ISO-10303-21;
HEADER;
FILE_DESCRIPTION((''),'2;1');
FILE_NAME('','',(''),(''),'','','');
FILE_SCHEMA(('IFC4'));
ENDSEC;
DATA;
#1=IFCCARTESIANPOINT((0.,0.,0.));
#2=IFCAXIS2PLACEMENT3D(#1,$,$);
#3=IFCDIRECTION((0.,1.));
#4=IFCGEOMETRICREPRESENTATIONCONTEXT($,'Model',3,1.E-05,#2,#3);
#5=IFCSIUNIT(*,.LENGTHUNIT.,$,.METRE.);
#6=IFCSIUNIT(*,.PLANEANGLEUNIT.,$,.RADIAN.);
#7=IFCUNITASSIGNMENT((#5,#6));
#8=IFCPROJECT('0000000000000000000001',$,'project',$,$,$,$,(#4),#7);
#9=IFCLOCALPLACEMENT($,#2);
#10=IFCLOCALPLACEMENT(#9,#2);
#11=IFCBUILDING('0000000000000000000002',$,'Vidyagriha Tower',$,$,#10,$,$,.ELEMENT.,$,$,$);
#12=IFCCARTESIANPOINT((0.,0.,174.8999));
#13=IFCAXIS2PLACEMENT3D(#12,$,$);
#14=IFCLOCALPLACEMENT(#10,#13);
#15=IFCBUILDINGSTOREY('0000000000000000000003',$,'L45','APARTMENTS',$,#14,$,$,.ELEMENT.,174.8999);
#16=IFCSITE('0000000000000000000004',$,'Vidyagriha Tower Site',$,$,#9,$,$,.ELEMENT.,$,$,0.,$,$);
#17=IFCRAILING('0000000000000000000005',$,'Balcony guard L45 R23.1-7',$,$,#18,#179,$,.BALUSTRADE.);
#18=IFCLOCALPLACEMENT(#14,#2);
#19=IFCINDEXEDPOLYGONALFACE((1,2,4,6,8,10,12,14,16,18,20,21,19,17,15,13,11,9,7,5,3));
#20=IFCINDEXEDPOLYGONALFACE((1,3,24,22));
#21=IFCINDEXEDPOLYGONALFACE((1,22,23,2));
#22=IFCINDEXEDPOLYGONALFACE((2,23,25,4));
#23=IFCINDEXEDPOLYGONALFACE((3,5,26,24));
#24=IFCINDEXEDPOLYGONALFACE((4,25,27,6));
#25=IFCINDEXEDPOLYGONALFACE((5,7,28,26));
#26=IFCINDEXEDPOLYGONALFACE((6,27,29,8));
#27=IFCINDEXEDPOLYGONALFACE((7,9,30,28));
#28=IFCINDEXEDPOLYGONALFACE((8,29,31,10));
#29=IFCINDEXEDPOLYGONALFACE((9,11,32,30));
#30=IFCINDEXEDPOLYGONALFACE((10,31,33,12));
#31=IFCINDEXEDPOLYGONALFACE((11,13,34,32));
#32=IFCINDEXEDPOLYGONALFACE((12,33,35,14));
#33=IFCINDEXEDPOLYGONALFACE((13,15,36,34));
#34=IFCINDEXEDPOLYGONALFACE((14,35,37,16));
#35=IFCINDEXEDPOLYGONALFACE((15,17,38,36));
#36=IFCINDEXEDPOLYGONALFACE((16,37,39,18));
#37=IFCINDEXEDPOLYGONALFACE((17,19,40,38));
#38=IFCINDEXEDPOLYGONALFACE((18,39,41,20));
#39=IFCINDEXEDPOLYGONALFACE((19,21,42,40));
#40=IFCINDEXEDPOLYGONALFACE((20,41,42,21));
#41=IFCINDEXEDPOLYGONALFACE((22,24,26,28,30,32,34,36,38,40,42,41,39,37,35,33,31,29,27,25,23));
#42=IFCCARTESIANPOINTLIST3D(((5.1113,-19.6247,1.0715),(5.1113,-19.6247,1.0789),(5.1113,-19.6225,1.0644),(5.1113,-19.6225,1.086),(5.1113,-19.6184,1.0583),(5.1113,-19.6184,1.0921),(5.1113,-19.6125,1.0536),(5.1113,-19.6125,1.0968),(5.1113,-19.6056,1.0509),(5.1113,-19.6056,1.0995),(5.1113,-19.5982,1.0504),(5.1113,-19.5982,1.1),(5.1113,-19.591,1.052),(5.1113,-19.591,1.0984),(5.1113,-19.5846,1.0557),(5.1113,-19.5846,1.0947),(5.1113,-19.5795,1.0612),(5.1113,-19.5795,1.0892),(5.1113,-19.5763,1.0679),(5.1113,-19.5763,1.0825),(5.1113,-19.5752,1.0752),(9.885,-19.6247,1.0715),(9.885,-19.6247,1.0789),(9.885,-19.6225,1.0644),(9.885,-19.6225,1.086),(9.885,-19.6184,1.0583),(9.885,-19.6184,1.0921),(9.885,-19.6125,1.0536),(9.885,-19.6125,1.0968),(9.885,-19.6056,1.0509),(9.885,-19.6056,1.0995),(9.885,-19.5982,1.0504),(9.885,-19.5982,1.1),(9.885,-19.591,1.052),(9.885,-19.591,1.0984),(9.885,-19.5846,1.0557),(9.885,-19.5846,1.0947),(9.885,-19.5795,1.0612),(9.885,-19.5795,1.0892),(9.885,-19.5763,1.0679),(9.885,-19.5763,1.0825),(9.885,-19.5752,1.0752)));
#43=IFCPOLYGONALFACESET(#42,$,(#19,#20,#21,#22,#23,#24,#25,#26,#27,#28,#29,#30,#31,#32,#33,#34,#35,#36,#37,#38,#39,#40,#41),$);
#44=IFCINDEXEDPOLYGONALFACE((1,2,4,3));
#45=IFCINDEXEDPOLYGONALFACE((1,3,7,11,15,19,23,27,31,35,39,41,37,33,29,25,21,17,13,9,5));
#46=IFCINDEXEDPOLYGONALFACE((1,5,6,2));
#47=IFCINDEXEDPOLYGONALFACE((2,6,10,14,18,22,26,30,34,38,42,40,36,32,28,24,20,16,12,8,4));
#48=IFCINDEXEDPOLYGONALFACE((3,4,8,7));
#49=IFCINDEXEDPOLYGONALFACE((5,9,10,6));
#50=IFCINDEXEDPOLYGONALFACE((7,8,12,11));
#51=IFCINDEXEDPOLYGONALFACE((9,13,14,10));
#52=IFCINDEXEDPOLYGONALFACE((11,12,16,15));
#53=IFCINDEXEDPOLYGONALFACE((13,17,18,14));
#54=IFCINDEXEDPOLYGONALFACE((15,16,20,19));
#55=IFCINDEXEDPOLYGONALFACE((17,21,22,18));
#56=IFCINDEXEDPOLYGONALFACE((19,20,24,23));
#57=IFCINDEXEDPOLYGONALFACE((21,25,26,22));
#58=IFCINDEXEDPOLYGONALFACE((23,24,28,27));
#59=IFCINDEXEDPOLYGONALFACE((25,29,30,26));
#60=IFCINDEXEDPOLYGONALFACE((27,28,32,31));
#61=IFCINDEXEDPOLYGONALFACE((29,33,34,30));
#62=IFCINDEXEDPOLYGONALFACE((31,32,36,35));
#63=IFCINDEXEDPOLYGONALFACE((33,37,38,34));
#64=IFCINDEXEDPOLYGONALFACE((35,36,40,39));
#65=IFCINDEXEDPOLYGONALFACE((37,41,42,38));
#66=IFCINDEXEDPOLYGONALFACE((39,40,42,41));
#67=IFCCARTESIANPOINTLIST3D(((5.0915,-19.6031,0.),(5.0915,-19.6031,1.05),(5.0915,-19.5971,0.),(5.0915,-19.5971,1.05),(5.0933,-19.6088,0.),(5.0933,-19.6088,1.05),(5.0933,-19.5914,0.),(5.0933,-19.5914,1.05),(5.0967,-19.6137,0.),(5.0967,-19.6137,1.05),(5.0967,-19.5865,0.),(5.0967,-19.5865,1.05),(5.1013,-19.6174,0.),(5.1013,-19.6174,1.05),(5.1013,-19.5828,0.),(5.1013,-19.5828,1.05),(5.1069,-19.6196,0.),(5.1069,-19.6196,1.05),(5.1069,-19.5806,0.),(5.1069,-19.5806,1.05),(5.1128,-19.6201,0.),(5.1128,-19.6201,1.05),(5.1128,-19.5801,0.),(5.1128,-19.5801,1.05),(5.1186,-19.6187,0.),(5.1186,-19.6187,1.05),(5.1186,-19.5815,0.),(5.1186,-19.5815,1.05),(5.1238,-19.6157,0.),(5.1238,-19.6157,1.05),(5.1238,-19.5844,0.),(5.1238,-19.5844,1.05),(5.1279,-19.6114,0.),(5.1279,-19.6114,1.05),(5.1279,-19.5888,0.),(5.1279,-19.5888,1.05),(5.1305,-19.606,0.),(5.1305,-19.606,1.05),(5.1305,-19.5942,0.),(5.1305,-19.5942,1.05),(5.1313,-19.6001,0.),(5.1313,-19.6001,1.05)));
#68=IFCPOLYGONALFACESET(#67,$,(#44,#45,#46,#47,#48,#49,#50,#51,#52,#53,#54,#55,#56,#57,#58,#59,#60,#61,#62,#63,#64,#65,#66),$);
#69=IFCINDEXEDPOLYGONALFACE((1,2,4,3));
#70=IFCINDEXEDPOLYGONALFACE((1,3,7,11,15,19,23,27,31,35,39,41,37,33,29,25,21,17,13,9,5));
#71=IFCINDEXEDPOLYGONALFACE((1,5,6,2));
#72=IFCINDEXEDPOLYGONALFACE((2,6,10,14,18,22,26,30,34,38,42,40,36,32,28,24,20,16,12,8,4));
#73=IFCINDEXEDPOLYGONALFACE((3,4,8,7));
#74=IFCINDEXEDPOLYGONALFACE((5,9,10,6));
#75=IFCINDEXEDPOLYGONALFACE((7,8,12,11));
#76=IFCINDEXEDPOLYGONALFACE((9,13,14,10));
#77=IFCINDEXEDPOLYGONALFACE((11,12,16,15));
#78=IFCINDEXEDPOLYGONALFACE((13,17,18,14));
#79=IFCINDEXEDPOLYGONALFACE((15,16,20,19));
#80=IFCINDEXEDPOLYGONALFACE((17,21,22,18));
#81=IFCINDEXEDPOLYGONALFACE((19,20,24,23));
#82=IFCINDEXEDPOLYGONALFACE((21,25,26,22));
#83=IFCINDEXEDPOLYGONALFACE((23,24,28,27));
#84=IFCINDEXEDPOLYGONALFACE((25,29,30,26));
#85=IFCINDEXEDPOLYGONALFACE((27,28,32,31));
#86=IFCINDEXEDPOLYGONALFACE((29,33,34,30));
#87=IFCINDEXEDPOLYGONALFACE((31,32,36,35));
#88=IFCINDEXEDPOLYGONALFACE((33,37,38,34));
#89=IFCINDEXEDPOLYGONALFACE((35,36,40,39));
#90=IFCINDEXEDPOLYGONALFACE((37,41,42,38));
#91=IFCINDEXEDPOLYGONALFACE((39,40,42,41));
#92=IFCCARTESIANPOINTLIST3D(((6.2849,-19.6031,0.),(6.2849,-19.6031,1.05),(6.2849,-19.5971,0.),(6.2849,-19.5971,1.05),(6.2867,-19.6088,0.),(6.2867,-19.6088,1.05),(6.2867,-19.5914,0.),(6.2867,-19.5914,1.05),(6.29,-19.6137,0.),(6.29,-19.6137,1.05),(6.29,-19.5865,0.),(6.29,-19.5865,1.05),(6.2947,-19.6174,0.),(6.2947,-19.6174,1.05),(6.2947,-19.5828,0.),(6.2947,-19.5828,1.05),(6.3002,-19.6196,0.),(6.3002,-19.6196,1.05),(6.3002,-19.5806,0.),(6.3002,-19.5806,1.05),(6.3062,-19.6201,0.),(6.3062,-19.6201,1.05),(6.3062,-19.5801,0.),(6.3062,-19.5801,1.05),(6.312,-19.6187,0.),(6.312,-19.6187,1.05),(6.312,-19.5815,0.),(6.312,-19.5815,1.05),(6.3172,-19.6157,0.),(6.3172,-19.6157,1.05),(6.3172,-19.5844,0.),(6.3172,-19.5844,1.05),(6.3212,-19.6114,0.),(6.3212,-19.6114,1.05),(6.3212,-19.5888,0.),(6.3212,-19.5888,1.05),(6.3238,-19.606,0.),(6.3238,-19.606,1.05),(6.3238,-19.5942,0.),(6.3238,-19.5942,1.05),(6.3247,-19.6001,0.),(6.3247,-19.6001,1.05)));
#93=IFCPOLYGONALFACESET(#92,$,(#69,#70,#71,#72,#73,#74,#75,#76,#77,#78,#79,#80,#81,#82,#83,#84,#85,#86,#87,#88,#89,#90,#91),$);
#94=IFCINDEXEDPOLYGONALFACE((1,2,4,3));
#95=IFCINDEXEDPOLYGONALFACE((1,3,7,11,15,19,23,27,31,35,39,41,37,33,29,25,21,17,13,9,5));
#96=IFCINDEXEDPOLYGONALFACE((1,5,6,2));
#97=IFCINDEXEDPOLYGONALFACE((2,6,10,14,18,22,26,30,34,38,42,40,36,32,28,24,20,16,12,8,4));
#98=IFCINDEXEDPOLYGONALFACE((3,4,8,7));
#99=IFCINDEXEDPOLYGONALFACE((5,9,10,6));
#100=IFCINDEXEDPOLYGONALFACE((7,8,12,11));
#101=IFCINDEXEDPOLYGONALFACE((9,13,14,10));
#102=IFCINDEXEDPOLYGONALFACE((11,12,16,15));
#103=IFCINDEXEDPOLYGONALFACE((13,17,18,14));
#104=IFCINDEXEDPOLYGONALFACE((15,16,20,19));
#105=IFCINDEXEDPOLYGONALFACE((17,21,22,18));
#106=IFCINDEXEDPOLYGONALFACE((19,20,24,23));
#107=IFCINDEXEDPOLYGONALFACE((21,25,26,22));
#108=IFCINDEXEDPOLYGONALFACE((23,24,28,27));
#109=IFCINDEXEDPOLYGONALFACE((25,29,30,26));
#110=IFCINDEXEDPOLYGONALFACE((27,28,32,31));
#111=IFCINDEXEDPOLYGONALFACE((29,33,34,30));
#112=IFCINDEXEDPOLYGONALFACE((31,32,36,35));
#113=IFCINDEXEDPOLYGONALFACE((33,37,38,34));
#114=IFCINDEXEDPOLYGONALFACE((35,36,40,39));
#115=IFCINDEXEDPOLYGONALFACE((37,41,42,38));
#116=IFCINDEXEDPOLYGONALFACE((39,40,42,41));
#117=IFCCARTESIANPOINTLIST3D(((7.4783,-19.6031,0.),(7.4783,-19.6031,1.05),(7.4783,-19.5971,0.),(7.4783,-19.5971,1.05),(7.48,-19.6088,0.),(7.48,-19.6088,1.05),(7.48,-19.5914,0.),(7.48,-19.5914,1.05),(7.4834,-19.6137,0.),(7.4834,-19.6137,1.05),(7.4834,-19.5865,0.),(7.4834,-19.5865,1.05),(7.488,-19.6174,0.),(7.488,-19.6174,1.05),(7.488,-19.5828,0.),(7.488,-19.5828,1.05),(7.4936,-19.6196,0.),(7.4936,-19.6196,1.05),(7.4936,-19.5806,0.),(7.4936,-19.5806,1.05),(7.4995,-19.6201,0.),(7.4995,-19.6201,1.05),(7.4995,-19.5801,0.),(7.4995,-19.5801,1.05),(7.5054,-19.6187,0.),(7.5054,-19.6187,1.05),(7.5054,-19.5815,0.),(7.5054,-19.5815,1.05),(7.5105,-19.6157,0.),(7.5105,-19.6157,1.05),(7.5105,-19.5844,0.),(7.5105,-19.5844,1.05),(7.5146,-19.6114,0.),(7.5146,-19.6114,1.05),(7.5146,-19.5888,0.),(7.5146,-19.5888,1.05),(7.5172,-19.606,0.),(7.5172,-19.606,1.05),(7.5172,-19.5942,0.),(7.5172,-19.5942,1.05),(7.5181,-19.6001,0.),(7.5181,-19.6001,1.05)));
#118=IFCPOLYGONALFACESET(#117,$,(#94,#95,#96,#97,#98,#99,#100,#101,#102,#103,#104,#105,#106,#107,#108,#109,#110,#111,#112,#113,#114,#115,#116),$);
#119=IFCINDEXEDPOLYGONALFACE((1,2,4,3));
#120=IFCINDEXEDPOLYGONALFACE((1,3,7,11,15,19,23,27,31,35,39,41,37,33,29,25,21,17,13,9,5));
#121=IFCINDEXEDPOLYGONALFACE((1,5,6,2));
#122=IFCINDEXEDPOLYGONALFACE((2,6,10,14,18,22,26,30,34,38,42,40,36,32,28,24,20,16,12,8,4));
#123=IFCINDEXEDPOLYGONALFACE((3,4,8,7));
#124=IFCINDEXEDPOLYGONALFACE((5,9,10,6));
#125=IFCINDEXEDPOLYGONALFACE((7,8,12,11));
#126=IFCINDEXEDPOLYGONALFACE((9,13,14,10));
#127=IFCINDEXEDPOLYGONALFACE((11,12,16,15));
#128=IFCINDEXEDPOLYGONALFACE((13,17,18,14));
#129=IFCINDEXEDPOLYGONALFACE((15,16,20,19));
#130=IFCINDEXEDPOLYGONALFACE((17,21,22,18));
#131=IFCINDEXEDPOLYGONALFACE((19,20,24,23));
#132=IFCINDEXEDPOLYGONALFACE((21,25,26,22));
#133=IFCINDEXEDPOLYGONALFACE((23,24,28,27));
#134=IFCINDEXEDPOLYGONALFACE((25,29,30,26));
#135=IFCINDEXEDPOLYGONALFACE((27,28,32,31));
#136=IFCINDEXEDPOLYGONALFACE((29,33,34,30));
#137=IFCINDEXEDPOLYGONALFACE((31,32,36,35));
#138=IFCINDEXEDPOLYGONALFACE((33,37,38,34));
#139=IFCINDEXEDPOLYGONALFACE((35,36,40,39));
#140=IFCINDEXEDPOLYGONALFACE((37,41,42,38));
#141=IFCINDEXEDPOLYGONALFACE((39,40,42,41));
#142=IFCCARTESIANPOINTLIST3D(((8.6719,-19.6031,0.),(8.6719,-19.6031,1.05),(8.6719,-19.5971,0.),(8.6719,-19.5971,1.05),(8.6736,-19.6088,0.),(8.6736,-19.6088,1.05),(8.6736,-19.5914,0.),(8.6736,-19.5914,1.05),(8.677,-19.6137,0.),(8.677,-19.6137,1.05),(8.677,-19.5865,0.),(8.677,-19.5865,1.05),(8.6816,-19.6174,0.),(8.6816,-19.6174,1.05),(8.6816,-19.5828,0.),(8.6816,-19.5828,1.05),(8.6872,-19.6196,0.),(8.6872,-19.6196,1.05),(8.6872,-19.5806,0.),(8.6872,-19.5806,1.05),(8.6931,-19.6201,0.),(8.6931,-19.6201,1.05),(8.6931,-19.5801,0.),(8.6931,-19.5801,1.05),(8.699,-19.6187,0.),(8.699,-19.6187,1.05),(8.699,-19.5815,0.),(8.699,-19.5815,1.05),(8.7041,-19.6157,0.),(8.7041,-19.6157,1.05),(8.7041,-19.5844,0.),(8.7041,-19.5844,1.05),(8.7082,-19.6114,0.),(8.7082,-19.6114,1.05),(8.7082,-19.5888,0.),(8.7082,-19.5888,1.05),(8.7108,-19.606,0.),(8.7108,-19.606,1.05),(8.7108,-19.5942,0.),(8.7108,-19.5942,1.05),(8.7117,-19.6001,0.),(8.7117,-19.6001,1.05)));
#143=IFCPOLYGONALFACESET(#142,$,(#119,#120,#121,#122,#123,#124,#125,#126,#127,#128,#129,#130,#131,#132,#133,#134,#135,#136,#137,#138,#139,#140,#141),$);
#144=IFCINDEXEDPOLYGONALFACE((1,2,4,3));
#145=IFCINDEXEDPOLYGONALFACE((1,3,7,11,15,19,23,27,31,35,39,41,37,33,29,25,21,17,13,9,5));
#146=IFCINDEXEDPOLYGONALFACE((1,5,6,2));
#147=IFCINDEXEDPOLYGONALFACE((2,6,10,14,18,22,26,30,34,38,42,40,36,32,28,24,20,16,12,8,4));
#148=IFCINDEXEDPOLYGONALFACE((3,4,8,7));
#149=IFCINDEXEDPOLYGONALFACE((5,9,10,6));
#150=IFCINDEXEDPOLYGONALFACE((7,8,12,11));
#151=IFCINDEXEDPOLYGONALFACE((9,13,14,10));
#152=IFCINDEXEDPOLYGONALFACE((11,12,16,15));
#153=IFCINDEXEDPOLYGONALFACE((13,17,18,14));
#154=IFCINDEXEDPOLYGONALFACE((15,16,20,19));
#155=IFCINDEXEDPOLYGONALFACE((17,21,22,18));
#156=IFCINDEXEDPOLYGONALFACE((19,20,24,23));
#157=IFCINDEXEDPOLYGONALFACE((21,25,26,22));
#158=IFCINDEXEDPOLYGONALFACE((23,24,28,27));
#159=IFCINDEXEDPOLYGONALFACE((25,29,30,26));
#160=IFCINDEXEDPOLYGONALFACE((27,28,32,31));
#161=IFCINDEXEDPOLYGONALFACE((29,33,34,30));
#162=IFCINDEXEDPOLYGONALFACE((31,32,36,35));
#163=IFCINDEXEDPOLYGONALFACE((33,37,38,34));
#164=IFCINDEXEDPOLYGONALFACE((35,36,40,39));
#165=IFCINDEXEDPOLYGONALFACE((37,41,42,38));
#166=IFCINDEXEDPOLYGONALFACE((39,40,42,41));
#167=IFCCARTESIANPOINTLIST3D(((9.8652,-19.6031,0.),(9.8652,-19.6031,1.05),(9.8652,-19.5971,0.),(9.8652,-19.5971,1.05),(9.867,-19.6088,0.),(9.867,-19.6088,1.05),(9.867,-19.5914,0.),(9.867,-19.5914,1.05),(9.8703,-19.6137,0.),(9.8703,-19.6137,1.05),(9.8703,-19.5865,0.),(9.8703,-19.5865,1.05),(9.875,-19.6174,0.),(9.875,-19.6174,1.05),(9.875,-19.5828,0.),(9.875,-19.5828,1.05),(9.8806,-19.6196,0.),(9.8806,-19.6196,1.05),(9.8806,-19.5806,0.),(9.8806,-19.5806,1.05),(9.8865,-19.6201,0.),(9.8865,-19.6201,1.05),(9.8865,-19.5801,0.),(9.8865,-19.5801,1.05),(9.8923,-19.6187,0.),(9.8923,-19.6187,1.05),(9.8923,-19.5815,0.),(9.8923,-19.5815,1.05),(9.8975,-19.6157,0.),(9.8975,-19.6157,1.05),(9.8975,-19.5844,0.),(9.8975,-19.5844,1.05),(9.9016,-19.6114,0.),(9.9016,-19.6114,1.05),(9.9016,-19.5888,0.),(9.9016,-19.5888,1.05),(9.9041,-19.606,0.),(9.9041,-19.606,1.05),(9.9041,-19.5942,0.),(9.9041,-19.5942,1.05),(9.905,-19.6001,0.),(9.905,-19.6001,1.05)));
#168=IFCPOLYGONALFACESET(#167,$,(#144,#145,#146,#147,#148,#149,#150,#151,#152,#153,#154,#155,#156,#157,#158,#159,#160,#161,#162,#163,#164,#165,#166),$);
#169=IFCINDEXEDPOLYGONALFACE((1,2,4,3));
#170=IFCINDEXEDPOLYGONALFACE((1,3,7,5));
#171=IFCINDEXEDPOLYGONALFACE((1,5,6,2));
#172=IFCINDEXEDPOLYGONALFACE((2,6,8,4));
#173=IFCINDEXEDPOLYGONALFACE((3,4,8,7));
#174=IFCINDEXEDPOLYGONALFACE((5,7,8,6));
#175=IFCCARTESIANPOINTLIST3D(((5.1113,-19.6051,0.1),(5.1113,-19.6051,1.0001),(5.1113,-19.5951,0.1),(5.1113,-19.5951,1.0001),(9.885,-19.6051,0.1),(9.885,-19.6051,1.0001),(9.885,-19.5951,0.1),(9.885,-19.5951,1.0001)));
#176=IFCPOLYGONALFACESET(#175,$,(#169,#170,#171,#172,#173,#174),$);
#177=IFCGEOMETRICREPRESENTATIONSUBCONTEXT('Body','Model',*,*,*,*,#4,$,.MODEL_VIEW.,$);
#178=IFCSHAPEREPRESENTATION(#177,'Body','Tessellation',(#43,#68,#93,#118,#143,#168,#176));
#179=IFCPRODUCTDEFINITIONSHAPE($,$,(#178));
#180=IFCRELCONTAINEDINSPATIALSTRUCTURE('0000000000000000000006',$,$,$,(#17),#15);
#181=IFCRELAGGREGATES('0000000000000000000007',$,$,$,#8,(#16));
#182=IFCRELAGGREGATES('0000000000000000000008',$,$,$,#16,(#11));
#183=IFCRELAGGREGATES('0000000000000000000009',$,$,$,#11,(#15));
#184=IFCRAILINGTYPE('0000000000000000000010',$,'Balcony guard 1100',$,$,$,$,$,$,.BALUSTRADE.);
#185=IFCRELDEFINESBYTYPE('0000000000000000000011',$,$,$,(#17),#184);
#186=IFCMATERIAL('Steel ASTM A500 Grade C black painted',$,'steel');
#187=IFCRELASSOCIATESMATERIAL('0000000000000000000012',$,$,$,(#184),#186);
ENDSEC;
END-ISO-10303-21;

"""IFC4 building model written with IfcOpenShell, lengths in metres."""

from ifc_helpers import new_model, si_unit, direction, frame, origin, origin_2d, place, context, subcontext, project, spatial, rectangle, circle, extrude, material, type_object, element, save


model = new_model("IFC4")

# Units and contexts
model_context = context("Model", 3, precision=1e-05, world=origin(), true_north=direction((0.0, 1.0)))
body_context = subcontext(model_context, "Body", "Model", "MODEL_VIEW")
ifc_project = project(units=[si_unit("LENGTHUNIT", "METRE"), si_unit("PLANEANGLEUNIT", "RADIAN")], contexts=[model_context])

# Site, building, storey
site_placement = place(None, origin())
site = spatial("IfcSite", under=ifc_project, at=site_placement, Name="Vidyagriha Tower Site", CompositionType="ELEMENT", RefElevation=0.0)
building_placement = place(site_placement, origin())
building = spatial("IfcBuilding", under=site, at=building_placement, Name="Vidyagriha Tower", CompositionType="ELEMENT")
storey_placement = place(building_placement, frame((0.0, 0.0, 174.8999)))
storey = spatial("IfcBuildingStorey", under=building, at=storey_placement, Name="L45", Description="APARTMENTS", CompositionType="ELEMENT", Elevation=174.8999)

# Railing
ifc_material_1 = material(Name="Steel ASTM A500 Grade C black painted", Category="steel")
railing_type = type_object("IfcRailingType", Name="Balcony guard 1100", PredefinedType="BALUSTRADE", material=ifc_material_1)
for number, where, name in (
    (1, (5.1113, -19.6001, 0.0), "Balcony guard L45 R23.1-7"),
):
    element("IfcRailing", number, at=place(storey_placement, frame(where)), inside=storey, type_object=railing_type, Name=name, PredefinedType="BALUSTRADE", context=body_context, shape_type="SweptSolid", body=[
        extrude(circle(Radius=0.0249, at=origin_2d()), frame((0.0, 0.0, 1.0752), z_axis=(1.0, 0.0, 0.0), x_axis=(0.0, 1.0, 0.0)), (0.0, 0.0, 1.0), 4.7737),
        extrude(circle(Radius=0.02, at=origin_2d()), origin(), (0.0, 0.0, 1.0), 1.05),
        extrude(circle(Radius=0.02, at=origin_2d()), frame((1.1934, 0.0, 0.0)), (0.0, 0.0, 1.0), 1.05),
        extrude(circle(Radius=0.02, at=origin_2d()), frame((2.3867, 0.0, 0.0)), (0.0, 0.0, 1.0), 1.05),
        extrude(circle(Radius=0.02, at=origin_2d()), frame((3.5803, 0.0, 0.0)), (0.0, 0.0, 1.0), 1.05),
        extrude(circle(Radius=0.02, at=origin_2d()), frame((4.7737, 0.0, 0.0)), (0.0, 0.0, 1.0), 1.05),
        extrude(rectangle(XDim=0.01, YDim=0.9001, at=origin_2d()), frame((0.0, 0.0, 0.55), z_axis=(1.0, 0.0, 0.0), x_axis=(0.0, 1.0, 0.0)), (0.0, 0.0, 1.0), 4.7737),
    ])

save(model, "model.ifc")
